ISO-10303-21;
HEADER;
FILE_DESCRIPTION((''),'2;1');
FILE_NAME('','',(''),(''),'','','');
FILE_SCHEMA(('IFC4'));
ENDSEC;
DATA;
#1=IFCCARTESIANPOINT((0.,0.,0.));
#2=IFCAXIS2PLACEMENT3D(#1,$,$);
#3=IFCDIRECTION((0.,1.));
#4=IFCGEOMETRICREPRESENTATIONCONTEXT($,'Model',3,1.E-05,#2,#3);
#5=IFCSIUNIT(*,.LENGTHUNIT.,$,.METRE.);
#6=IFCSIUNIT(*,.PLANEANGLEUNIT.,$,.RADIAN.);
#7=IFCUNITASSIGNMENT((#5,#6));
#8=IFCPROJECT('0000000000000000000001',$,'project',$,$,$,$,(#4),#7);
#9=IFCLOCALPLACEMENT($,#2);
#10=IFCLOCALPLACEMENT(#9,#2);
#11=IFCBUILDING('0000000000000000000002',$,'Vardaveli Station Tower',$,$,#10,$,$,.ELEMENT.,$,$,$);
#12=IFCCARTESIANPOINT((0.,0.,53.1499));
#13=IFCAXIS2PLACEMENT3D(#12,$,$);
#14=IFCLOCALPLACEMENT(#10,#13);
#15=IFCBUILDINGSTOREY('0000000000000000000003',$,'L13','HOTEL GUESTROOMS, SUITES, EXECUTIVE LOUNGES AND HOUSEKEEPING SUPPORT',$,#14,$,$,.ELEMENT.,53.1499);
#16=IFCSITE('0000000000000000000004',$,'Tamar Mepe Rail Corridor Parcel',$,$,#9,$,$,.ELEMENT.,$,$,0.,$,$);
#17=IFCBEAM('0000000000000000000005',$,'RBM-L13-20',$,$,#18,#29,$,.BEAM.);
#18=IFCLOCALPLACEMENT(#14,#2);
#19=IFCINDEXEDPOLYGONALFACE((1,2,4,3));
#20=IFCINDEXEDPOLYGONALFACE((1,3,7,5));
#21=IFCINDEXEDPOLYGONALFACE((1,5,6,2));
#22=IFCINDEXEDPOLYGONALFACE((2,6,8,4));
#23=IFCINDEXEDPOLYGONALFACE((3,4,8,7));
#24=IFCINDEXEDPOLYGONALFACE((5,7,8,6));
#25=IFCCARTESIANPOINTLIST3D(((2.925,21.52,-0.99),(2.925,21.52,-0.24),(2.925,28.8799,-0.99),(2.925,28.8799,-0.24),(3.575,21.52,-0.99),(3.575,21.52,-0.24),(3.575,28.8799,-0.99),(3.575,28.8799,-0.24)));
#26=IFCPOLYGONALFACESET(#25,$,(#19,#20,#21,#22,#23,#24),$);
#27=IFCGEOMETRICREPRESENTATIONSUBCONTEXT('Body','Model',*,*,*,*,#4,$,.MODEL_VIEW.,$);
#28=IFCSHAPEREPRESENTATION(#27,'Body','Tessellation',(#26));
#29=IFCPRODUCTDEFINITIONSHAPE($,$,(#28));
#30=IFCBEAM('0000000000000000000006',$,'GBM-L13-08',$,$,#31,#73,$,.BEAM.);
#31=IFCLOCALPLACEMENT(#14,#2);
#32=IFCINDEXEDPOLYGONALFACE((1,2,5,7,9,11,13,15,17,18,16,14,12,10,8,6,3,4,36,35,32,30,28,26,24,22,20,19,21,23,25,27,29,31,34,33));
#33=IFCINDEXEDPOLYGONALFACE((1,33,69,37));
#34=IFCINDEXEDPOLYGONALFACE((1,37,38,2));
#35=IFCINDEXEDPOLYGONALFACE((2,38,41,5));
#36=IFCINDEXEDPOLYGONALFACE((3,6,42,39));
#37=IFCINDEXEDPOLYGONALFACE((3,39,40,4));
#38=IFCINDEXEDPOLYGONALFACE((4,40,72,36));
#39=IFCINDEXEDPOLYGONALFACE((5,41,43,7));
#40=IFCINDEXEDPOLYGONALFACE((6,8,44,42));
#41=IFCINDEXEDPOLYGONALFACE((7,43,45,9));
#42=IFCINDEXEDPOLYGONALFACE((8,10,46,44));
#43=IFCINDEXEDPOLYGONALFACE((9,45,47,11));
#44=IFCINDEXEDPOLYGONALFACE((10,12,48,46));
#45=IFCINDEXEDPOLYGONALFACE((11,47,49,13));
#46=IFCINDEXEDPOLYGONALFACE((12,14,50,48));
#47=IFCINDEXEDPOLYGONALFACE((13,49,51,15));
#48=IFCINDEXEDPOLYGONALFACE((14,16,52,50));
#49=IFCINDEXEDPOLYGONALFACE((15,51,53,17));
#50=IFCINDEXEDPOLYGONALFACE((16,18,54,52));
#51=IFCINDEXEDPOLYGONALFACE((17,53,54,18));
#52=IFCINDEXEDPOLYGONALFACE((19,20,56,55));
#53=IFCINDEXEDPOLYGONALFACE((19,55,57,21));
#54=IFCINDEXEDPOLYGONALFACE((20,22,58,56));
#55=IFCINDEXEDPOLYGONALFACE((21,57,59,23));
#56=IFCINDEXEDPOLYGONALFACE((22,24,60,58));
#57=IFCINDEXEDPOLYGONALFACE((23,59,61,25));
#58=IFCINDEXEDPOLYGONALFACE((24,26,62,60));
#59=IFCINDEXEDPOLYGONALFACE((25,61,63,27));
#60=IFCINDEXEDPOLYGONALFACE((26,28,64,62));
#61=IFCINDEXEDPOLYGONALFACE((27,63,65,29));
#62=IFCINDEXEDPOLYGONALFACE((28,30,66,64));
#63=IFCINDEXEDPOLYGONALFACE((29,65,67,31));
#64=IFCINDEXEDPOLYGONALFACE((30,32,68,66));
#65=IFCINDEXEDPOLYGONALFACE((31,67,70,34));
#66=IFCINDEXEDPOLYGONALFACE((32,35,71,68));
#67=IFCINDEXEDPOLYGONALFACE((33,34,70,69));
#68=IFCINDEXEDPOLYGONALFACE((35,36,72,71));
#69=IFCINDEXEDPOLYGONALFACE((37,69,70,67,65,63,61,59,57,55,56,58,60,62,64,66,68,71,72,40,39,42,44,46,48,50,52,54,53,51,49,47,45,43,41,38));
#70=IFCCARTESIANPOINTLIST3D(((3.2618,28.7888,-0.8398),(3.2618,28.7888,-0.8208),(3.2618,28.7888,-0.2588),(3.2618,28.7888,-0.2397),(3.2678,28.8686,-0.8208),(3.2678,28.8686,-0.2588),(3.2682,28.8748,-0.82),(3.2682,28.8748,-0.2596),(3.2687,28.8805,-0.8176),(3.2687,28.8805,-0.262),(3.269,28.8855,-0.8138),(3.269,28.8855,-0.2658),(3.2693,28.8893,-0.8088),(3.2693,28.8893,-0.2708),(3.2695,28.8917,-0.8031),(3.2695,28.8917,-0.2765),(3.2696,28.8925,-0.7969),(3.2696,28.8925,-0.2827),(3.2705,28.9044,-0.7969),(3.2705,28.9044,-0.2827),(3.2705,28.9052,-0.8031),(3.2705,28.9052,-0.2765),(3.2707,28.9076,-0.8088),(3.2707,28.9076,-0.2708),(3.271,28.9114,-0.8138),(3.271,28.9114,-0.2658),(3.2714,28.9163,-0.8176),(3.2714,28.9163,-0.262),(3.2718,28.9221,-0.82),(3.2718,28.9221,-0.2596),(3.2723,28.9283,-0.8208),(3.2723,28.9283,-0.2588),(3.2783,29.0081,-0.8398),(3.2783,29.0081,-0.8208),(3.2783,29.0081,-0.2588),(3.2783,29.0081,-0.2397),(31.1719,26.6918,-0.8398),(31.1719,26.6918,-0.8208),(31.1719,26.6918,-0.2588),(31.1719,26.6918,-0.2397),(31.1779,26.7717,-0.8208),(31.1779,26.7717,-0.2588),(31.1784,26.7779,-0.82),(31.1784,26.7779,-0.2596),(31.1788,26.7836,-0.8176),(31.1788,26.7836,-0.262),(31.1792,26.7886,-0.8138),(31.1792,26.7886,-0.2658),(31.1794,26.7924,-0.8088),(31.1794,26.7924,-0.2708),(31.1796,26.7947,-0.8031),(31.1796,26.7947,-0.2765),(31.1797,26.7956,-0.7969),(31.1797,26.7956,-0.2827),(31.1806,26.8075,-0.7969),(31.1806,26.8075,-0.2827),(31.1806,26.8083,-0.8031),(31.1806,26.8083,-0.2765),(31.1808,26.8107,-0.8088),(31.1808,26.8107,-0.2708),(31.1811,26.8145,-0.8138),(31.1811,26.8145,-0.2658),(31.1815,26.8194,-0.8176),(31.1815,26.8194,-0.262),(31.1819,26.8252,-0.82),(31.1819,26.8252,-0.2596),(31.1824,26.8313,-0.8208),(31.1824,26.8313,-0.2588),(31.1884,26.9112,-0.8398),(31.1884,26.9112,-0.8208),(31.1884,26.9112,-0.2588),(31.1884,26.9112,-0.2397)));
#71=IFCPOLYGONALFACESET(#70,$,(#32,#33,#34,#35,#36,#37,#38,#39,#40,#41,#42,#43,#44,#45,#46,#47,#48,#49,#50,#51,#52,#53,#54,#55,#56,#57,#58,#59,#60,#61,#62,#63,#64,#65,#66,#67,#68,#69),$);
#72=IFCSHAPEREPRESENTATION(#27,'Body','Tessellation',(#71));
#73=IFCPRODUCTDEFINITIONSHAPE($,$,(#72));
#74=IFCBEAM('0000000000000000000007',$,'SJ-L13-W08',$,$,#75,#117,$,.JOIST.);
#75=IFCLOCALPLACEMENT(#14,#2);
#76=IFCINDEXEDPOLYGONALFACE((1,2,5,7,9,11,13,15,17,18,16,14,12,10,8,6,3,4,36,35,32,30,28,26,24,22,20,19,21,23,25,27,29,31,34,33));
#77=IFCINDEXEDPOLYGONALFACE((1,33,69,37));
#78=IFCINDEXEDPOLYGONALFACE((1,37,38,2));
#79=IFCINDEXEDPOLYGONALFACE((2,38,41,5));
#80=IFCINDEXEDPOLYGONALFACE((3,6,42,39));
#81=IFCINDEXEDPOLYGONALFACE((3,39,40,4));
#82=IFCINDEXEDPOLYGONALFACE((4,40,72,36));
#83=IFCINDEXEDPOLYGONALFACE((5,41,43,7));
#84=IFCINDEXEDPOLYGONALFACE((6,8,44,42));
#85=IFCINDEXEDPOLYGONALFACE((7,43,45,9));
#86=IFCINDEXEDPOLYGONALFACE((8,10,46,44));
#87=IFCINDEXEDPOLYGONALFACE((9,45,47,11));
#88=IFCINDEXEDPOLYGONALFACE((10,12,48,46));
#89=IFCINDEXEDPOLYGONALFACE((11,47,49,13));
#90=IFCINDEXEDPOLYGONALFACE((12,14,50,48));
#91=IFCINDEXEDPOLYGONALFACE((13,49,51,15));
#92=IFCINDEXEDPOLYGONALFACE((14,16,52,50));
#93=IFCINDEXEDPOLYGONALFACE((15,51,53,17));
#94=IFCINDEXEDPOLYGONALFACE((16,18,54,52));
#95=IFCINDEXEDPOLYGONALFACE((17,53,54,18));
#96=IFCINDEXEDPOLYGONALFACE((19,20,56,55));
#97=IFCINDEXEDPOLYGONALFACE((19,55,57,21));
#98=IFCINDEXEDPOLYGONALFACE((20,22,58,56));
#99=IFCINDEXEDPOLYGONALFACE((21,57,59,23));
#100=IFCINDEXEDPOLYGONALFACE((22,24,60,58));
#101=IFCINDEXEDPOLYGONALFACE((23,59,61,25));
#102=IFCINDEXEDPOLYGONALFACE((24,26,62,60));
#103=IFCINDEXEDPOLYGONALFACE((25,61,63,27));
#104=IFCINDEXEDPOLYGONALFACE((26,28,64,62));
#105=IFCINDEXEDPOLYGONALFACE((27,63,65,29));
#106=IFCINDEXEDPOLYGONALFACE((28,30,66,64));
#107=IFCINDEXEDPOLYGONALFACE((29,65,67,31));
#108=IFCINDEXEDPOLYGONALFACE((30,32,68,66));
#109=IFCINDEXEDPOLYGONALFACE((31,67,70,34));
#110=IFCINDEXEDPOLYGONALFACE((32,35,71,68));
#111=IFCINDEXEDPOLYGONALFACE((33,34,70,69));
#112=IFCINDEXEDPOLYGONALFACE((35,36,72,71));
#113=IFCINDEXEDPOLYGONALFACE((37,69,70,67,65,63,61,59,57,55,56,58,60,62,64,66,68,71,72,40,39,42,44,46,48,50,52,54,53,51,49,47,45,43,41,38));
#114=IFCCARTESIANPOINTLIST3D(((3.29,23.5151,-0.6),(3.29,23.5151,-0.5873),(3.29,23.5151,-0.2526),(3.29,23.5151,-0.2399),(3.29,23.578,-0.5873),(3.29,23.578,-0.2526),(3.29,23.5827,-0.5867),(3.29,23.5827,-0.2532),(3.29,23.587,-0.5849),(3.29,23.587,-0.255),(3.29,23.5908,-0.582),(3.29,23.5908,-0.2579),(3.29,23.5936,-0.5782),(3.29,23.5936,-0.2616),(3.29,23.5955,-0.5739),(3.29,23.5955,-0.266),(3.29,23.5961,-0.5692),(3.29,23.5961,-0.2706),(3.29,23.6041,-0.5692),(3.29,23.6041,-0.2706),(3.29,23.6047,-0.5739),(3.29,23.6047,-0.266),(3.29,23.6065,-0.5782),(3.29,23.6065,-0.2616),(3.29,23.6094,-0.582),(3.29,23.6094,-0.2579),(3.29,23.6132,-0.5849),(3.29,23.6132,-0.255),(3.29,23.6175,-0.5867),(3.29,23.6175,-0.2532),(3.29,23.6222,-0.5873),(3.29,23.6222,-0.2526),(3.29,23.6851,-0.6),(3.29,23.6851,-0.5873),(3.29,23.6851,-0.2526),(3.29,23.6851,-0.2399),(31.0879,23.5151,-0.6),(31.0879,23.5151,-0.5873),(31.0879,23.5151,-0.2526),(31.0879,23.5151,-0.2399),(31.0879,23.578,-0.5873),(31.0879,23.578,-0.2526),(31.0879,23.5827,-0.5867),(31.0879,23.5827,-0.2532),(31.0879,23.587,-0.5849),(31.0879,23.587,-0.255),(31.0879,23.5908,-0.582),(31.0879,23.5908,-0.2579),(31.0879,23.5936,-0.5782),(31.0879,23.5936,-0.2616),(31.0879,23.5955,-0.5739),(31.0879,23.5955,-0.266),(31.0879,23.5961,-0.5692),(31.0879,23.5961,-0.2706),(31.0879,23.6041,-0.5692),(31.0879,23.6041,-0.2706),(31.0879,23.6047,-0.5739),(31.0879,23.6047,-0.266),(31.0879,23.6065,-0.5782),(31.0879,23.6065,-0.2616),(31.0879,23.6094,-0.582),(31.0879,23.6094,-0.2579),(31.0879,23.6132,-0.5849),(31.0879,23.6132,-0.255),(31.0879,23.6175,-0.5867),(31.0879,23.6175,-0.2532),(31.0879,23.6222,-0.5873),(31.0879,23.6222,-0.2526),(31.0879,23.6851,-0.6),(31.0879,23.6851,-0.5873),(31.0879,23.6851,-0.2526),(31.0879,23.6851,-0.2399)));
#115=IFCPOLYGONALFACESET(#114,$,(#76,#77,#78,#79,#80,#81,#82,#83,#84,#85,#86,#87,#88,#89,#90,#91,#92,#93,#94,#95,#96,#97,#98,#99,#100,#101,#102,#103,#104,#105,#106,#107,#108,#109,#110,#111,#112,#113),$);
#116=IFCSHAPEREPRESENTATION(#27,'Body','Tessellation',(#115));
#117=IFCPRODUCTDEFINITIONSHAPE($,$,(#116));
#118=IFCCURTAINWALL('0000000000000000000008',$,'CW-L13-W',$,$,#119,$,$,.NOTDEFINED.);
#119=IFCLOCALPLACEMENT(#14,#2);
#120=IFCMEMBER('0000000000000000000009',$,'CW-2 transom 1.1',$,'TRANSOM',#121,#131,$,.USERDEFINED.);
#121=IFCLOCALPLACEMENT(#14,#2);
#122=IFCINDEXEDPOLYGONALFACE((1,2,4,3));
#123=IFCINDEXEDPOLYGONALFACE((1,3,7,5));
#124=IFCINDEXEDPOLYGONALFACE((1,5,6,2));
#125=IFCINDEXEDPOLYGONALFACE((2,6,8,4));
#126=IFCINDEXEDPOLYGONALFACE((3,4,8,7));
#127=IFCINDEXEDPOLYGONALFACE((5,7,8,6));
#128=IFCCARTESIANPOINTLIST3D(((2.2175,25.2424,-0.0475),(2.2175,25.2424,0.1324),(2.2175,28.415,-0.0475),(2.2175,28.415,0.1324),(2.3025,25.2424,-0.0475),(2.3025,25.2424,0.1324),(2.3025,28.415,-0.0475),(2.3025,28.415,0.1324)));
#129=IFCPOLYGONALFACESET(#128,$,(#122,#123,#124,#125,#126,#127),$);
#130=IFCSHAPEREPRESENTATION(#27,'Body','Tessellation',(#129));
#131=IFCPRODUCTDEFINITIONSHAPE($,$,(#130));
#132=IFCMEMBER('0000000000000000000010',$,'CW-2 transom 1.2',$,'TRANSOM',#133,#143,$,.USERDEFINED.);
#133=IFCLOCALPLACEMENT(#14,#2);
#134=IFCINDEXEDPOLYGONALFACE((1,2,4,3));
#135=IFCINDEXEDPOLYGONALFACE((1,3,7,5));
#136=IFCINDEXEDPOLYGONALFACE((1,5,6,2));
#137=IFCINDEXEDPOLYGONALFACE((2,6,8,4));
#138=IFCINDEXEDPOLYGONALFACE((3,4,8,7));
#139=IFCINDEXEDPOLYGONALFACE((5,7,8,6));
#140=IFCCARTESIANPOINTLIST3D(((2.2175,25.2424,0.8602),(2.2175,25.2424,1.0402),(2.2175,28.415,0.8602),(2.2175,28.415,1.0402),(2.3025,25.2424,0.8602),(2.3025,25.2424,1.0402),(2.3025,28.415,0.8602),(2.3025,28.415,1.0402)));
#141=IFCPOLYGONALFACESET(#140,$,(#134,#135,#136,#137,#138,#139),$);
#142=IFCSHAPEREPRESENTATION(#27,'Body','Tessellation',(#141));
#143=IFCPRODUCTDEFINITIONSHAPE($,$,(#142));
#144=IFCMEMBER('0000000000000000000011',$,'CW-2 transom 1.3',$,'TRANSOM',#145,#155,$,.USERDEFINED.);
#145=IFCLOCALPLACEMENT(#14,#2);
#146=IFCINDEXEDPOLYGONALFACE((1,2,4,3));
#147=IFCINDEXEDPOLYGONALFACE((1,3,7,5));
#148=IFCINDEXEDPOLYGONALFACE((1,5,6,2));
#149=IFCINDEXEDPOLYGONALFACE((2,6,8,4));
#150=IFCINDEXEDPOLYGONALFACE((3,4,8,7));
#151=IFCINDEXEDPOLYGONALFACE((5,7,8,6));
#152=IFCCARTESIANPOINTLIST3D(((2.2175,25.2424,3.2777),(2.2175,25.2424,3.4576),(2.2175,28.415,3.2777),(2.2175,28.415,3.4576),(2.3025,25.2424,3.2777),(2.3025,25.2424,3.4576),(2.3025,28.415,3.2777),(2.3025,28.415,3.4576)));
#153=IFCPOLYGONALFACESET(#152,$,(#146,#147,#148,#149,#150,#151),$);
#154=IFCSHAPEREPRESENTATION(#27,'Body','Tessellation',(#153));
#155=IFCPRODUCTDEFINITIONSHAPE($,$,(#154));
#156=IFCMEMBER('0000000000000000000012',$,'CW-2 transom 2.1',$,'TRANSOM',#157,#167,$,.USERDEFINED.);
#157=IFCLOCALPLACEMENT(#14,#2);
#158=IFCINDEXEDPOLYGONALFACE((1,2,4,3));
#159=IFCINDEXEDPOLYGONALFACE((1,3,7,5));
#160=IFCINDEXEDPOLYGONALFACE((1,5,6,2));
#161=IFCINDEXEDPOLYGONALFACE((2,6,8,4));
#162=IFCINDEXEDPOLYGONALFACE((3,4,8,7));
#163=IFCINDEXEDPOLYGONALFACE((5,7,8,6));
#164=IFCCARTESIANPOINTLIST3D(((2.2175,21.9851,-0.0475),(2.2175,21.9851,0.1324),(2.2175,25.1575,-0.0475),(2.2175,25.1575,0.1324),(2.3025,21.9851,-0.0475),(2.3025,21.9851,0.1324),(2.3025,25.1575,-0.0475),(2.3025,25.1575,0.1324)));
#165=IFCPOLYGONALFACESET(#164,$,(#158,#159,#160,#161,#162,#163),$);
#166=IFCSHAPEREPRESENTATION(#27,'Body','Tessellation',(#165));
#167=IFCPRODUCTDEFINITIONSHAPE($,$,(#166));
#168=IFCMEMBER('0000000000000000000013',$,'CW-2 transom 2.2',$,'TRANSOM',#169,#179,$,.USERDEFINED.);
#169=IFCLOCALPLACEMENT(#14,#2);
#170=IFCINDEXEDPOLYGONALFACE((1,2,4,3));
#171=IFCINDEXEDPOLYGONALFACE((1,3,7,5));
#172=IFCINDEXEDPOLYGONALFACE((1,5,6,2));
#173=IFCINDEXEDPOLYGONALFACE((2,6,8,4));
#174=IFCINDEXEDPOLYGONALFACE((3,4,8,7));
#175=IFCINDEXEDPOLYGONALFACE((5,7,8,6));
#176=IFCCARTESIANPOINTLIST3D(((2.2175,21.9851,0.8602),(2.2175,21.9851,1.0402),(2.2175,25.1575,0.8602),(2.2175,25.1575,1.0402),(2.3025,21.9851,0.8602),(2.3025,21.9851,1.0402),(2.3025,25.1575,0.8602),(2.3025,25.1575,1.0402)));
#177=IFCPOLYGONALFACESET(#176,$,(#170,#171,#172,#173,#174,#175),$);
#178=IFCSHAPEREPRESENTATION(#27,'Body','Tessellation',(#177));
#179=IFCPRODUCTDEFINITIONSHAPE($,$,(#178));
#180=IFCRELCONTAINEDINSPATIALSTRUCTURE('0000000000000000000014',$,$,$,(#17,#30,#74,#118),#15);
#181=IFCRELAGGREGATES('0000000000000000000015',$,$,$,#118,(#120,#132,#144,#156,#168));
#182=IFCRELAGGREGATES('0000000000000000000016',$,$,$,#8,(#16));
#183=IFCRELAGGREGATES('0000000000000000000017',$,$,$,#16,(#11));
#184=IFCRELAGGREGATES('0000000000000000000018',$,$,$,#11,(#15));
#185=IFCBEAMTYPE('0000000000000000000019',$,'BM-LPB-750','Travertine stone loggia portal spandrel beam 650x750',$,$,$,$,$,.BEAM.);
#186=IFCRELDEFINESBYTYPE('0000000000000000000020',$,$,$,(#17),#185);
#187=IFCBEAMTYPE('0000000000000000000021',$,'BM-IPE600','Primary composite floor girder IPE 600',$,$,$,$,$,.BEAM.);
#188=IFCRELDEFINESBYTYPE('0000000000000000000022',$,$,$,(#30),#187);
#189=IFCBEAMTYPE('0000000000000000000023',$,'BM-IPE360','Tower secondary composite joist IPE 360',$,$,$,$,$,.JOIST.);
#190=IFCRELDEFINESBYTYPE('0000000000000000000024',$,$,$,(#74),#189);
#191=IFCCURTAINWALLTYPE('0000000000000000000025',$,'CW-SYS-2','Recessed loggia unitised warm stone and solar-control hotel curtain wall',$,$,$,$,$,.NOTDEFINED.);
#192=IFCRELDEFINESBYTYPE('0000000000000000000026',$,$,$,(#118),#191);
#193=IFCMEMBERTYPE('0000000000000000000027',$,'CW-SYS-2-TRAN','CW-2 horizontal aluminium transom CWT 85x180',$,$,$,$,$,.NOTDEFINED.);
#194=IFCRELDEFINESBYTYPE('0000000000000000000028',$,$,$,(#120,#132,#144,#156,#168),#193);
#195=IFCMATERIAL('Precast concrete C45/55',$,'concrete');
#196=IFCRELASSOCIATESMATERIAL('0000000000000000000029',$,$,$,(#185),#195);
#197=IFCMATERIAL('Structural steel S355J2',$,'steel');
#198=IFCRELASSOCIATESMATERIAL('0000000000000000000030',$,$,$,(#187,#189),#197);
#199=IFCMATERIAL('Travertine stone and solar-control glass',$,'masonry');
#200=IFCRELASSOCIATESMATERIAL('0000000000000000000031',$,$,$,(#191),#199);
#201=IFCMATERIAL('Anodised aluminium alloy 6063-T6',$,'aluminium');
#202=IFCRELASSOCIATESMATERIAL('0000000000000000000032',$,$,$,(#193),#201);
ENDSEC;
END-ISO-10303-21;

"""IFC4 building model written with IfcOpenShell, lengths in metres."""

from ifc_helpers import new_model, si_unit, direction, frame, origin, origin_2d, place, context, subcontext, project, spatial, rectangle, i_section, extrude, source, transform, mapped, material, material_profile, profile_set, type_object, element, aggregate, save


model = new_model("IFC4")

# Units and contexts
model_context = context("Model", 3, precision=1e-05, world=origin(), true_north=direction((0.0, 1.0)))
body_context = subcontext(model_context, "Body", "Model", "MODEL_VIEW")
ifc_project = project(units=[si_unit("LENGTHUNIT", "METRE"), si_unit("PLANEANGLEUNIT", "RADIAN")], contexts=[model_context])

# Site, building, storey
site_placement = place(None, origin())
site = spatial("IfcSite", under=ifc_project, at=site_placement, Name="Tamar Mepe Rail Corridor Parcel", CompositionType="ELEMENT", RefElevation=0.0)
building_placement = place(site_placement, origin())
building = spatial("IfcBuilding", under=site, at=building_placement, Name="Vardaveli Station Tower", CompositionType="ELEMENT")
storey_placement = place(building_placement, frame((0.0, 0.0, 53.1499)))
storey = spatial("IfcBuildingStorey", under=building, at=storey_placement, Name="L13", Description="HOTEL GUESTROOMS, SUITES, EXECUTIVE LOUNGES AND HOUSEKEEPING SUPPORT", CompositionType="ELEMENT", Elevation=53.1499)

# Beams
ifc_material_1 = material(Name="Precast concrete C45/55", Category="concrete")
ifc_material_profile_1 = material_profile(ifc_material_1, rectangle(XDim=0.6499, YDim=0.75, at=origin_2d()), Name="LPB 650x750")
ifc_profile_set_1 = profile_set([ifc_material_profile_1], Name="Precast concrete C45/55")
beam_type_1 = type_object("IfcBeamType", Name="BM-LPB-750", Description="Travertine stone loggia portal spandrel beam 650x750", PredefinedType="BEAM", material=ifc_profile_set_1)
shared_shape_1 = source(origin(), body_context, "Body", "SweptSolid", [
    extrude(rectangle(XDim=0.6499, YDim=0.75, at=origin_2d()), origin(), (0.0, 0.0, 1.0), 7.3599),
])
beam_1_placement = place(storey_placement, frame((3.25, 28.8799, -0.615), z_axis=(0.0, -1.0, 0.0), x_axis=(1.0, 0.0, 0.0)))
element("IfcBeam", 1, at=beam_1_placement, inside=storey, type_object=beam_type_1, Name="RBM-L13-20", PredefinedType="BEAM", context=body_context, shape_type="MappedRepresentation", body=[
    mapped(shared_shape_1, transform((0.0, 0.0, 0.0), scale=1.0)),
])
ifc_material_2 = material(Name="Structural steel S355J2", Category="steel")
ifc_material_profile_2 = material_profile(ifc_material_2, i_section(OverallWidth=0.22, OverallDepth=0.6001, WebThickness=0.012, FlangeThickness=0.019, FilletRadius=0.0239, at=origin_2d()), Name="IPE 600")
ifc_profile_set_2 = profile_set([ifc_material_profile_2], Name="Structural steel S355J2")
beam_type_2 = type_object("IfcBeamType", Name="BM-IPE600", Description="Primary composite floor girder IPE 600", PredefinedType="BEAM", material=ifc_profile_set_2)
shared_shape_2 = source(origin(), body_context, "Body", "SweptSolid", [
    extrude(i_section(OverallWidth=0.22, OverallDepth=0.6001, WebThickness=0.012, FlangeThickness=0.019, FilletRadius=0.0239, at=origin_2d()), origin(), (0.0, 0.0, 1.0), 27.9888),
])
beam_2_placement = place(storey_placement, frame((3.27, 28.8984, -0.5398), z_axis=(0.99719, -0.07492, 0.0), x_axis=(0.07492, 0.99719, 0.0)))
element("IfcBeam", 2, at=beam_2_placement, inside=storey, type_object=beam_type_2, Name="GBM-L13-08", PredefinedType="BEAM", context=body_context, shape_type="MappedRepresentation", body=[
    mapped(shared_shape_2, transform((0.0, 0.0, 0.0), scale=1.0)),
])
ifc_material_profile_3 = material_profile(ifc_material_2, i_section(OverallWidth=0.1699, OverallDepth=0.3601, WebThickness=0.0081, FlangeThickness=0.0127, FilletRadius=0.0181, at=origin_2d()), Name="IPE 360")
ifc_profile_set_3 = profile_set([ifc_material_profile_3], Name="Structural steel S355J2")
beam_type_3 = type_object("IfcBeamType", Name="BM-IPE360", Description="Tower secondary composite joist IPE 360", PredefinedType="JOIST", material=ifc_profile_set_3)
shared_shape_3 = source(origin(), body_context, "Body", "SweptSolid", [
    extrude(i_section(OverallWidth=0.1699, OverallDepth=0.3601, WebThickness=0.0081, FlangeThickness=0.0127, FilletRadius=0.0181, at=origin_2d()), origin(), (0.0, 0.0, 1.0), 27.7979),
])
beam_3_placement = place(storey_placement, frame((3.29, 23.6001, -0.4199), z_axis=(1.0, 0.0, 0.0), x_axis=(0.0, 1.0, 0.0)))
element("IfcBeam", 3, at=beam_3_placement, inside=storey, type_object=beam_type_3, Name="SJ-L13-W08", PredefinedType="JOIST", context=body_context, shape_type="MappedRepresentation", body=[
    mapped(shared_shape_3, transform((0.0, 0.0, 0.0), scale=1.0)),
])

# Curtain wall, members
ifc_material_3 = material(Name="Travertine stone and solar-control glass", Category="masonry")
curtain_wall_type = type_object("IfcCurtainWallType", Name="CW-SYS-2", Description="Recessed loggia unitised warm stone and solar-control hotel curtain wall", PredefinedType="NOTDEFINED", material=ifc_material_3)
curtain_wall_placement = place(storey_placement, origin())
curtain_wall = element("IfcCurtainWall", 4, at=curtain_wall_placement, inside=storey, type_object=curtain_wall_type, Name="CW-L13-W", PredefinedType="NOTDEFINED")
ifc_material_4 = material(Name="Anodised aluminium alloy 6063-T6", Category="aluminium")
ifc_material_profile_4 = material_profile(ifc_material_4, rectangle(XDim=0.085, YDim=0.1799, at=origin_2d()), Name="CWT 85x180")
ifc_profile_set_4 = profile_set([ifc_material_profile_4], Name="Anodised aluminium alloy 6063-T6")
member_type_1 = type_object("IfcMemberType", Name="CW-SYS-2-TRAN", Description="CW-2 horizontal aluminium transom CWT 85x180", PredefinedType="NOTDEFINED", material=ifc_profile_set_4)
shared_shape_4 = source(origin(), body_context, "Body", "SweptSolid", [
    extrude(rectangle(XDim=0.085, YDim=0.1799, at=origin_2d()), origin(), (0.0, 0.0, 1.0), 3.1726),
])
member_1_placement = place(storey_placement, frame((2.26, 28.415, 0.0425), z_axis=(0.0, -1.0, 0.0), x_axis=(1.0, 0.0, 0.0)))
member_1 = element("IfcMember", 5, at=member_1_placement, type_object=member_type_1, Name="CW-2 transom 1.1", ObjectType="TRANSOM", PredefinedType="USERDEFINED", context=body_context, shape_type="MappedRepresentation", body=[
    mapped(shared_shape_4, transform((0.0, 0.0, 0.0), scale=1.0)),
])
member_2_placement = place(storey_placement, frame((2.26, 28.415, 0.9502), z_axis=(0.0, -1.0, 0.0), x_axis=(1.0, 0.0, 0.0)))
member_2 = element("IfcMember", 6, at=member_2_placement, type_object=member_type_1, Name="CW-2 transom 1.2", ObjectType="TRANSOM", PredefinedType="USERDEFINED", context=body_context, shape_type="MappedRepresentation", body=[
    mapped(shared_shape_4, transform((0.0, 0.0, 0.0), scale=1.0)),
])
member_3_placement = place(storey_placement, frame((2.26, 28.415, 3.3677), z_axis=(0.0, -1.0, 0.0), x_axis=(1.0, 0.0, 0.0)))
member_3 = element("IfcMember", 7, at=member_3_placement, type_object=member_type_1, Name="CW-2 transom 1.3", ObjectType="TRANSOM", PredefinedType="USERDEFINED", context=body_context, shape_type="MappedRepresentation", body=[
    mapped(shared_shape_4, transform((0.0, 0.0, 0.0), scale=1.0)),
])
shared_shape_5 = source(origin(), body_context, "Body", "SweptSolid", [
    extrude(rectangle(XDim=0.085, YDim=0.1799, at=origin_2d()), origin(), (0.0, 0.0, 1.0), 3.1724),
])
member_4_placement = place(storey_placement, frame((2.26, 25.1575, 0.0425), z_axis=(0.0, -1.0, 0.0), x_axis=(1.0, 0.0, 0.0)))
member_4 = element("IfcMember", 8, at=member_4_placement, type_object=member_type_1, Name="CW-2 transom 2.1", ObjectType="TRANSOM", PredefinedType="USERDEFINED", context=body_context, shape_type="MappedRepresentation", body=[
    mapped(shared_shape_5, transform((0.0, 0.0, 0.0), scale=1.0)),
])
member_5_placement = place(storey_placement, frame((2.26, 25.1575, 0.9502), z_axis=(0.0, -1.0, 0.0), x_axis=(1.0, 0.0, 0.0)))
member_5 = element("IfcMember", 9, at=member_5_placement, type_object=member_type_1, Name="CW-2 transom 2.2", ObjectType="TRANSOM", PredefinedType="USERDEFINED", context=body_context, shape_type="MappedRepresentation", body=[
    mapped(shared_shape_5, transform((0.0, 0.0, 0.0), scale=1.0)),
])
aggregate(curtain_wall, [member_1, member_2, member_3, member_4, member_5])

save(model, "model.ifc")
